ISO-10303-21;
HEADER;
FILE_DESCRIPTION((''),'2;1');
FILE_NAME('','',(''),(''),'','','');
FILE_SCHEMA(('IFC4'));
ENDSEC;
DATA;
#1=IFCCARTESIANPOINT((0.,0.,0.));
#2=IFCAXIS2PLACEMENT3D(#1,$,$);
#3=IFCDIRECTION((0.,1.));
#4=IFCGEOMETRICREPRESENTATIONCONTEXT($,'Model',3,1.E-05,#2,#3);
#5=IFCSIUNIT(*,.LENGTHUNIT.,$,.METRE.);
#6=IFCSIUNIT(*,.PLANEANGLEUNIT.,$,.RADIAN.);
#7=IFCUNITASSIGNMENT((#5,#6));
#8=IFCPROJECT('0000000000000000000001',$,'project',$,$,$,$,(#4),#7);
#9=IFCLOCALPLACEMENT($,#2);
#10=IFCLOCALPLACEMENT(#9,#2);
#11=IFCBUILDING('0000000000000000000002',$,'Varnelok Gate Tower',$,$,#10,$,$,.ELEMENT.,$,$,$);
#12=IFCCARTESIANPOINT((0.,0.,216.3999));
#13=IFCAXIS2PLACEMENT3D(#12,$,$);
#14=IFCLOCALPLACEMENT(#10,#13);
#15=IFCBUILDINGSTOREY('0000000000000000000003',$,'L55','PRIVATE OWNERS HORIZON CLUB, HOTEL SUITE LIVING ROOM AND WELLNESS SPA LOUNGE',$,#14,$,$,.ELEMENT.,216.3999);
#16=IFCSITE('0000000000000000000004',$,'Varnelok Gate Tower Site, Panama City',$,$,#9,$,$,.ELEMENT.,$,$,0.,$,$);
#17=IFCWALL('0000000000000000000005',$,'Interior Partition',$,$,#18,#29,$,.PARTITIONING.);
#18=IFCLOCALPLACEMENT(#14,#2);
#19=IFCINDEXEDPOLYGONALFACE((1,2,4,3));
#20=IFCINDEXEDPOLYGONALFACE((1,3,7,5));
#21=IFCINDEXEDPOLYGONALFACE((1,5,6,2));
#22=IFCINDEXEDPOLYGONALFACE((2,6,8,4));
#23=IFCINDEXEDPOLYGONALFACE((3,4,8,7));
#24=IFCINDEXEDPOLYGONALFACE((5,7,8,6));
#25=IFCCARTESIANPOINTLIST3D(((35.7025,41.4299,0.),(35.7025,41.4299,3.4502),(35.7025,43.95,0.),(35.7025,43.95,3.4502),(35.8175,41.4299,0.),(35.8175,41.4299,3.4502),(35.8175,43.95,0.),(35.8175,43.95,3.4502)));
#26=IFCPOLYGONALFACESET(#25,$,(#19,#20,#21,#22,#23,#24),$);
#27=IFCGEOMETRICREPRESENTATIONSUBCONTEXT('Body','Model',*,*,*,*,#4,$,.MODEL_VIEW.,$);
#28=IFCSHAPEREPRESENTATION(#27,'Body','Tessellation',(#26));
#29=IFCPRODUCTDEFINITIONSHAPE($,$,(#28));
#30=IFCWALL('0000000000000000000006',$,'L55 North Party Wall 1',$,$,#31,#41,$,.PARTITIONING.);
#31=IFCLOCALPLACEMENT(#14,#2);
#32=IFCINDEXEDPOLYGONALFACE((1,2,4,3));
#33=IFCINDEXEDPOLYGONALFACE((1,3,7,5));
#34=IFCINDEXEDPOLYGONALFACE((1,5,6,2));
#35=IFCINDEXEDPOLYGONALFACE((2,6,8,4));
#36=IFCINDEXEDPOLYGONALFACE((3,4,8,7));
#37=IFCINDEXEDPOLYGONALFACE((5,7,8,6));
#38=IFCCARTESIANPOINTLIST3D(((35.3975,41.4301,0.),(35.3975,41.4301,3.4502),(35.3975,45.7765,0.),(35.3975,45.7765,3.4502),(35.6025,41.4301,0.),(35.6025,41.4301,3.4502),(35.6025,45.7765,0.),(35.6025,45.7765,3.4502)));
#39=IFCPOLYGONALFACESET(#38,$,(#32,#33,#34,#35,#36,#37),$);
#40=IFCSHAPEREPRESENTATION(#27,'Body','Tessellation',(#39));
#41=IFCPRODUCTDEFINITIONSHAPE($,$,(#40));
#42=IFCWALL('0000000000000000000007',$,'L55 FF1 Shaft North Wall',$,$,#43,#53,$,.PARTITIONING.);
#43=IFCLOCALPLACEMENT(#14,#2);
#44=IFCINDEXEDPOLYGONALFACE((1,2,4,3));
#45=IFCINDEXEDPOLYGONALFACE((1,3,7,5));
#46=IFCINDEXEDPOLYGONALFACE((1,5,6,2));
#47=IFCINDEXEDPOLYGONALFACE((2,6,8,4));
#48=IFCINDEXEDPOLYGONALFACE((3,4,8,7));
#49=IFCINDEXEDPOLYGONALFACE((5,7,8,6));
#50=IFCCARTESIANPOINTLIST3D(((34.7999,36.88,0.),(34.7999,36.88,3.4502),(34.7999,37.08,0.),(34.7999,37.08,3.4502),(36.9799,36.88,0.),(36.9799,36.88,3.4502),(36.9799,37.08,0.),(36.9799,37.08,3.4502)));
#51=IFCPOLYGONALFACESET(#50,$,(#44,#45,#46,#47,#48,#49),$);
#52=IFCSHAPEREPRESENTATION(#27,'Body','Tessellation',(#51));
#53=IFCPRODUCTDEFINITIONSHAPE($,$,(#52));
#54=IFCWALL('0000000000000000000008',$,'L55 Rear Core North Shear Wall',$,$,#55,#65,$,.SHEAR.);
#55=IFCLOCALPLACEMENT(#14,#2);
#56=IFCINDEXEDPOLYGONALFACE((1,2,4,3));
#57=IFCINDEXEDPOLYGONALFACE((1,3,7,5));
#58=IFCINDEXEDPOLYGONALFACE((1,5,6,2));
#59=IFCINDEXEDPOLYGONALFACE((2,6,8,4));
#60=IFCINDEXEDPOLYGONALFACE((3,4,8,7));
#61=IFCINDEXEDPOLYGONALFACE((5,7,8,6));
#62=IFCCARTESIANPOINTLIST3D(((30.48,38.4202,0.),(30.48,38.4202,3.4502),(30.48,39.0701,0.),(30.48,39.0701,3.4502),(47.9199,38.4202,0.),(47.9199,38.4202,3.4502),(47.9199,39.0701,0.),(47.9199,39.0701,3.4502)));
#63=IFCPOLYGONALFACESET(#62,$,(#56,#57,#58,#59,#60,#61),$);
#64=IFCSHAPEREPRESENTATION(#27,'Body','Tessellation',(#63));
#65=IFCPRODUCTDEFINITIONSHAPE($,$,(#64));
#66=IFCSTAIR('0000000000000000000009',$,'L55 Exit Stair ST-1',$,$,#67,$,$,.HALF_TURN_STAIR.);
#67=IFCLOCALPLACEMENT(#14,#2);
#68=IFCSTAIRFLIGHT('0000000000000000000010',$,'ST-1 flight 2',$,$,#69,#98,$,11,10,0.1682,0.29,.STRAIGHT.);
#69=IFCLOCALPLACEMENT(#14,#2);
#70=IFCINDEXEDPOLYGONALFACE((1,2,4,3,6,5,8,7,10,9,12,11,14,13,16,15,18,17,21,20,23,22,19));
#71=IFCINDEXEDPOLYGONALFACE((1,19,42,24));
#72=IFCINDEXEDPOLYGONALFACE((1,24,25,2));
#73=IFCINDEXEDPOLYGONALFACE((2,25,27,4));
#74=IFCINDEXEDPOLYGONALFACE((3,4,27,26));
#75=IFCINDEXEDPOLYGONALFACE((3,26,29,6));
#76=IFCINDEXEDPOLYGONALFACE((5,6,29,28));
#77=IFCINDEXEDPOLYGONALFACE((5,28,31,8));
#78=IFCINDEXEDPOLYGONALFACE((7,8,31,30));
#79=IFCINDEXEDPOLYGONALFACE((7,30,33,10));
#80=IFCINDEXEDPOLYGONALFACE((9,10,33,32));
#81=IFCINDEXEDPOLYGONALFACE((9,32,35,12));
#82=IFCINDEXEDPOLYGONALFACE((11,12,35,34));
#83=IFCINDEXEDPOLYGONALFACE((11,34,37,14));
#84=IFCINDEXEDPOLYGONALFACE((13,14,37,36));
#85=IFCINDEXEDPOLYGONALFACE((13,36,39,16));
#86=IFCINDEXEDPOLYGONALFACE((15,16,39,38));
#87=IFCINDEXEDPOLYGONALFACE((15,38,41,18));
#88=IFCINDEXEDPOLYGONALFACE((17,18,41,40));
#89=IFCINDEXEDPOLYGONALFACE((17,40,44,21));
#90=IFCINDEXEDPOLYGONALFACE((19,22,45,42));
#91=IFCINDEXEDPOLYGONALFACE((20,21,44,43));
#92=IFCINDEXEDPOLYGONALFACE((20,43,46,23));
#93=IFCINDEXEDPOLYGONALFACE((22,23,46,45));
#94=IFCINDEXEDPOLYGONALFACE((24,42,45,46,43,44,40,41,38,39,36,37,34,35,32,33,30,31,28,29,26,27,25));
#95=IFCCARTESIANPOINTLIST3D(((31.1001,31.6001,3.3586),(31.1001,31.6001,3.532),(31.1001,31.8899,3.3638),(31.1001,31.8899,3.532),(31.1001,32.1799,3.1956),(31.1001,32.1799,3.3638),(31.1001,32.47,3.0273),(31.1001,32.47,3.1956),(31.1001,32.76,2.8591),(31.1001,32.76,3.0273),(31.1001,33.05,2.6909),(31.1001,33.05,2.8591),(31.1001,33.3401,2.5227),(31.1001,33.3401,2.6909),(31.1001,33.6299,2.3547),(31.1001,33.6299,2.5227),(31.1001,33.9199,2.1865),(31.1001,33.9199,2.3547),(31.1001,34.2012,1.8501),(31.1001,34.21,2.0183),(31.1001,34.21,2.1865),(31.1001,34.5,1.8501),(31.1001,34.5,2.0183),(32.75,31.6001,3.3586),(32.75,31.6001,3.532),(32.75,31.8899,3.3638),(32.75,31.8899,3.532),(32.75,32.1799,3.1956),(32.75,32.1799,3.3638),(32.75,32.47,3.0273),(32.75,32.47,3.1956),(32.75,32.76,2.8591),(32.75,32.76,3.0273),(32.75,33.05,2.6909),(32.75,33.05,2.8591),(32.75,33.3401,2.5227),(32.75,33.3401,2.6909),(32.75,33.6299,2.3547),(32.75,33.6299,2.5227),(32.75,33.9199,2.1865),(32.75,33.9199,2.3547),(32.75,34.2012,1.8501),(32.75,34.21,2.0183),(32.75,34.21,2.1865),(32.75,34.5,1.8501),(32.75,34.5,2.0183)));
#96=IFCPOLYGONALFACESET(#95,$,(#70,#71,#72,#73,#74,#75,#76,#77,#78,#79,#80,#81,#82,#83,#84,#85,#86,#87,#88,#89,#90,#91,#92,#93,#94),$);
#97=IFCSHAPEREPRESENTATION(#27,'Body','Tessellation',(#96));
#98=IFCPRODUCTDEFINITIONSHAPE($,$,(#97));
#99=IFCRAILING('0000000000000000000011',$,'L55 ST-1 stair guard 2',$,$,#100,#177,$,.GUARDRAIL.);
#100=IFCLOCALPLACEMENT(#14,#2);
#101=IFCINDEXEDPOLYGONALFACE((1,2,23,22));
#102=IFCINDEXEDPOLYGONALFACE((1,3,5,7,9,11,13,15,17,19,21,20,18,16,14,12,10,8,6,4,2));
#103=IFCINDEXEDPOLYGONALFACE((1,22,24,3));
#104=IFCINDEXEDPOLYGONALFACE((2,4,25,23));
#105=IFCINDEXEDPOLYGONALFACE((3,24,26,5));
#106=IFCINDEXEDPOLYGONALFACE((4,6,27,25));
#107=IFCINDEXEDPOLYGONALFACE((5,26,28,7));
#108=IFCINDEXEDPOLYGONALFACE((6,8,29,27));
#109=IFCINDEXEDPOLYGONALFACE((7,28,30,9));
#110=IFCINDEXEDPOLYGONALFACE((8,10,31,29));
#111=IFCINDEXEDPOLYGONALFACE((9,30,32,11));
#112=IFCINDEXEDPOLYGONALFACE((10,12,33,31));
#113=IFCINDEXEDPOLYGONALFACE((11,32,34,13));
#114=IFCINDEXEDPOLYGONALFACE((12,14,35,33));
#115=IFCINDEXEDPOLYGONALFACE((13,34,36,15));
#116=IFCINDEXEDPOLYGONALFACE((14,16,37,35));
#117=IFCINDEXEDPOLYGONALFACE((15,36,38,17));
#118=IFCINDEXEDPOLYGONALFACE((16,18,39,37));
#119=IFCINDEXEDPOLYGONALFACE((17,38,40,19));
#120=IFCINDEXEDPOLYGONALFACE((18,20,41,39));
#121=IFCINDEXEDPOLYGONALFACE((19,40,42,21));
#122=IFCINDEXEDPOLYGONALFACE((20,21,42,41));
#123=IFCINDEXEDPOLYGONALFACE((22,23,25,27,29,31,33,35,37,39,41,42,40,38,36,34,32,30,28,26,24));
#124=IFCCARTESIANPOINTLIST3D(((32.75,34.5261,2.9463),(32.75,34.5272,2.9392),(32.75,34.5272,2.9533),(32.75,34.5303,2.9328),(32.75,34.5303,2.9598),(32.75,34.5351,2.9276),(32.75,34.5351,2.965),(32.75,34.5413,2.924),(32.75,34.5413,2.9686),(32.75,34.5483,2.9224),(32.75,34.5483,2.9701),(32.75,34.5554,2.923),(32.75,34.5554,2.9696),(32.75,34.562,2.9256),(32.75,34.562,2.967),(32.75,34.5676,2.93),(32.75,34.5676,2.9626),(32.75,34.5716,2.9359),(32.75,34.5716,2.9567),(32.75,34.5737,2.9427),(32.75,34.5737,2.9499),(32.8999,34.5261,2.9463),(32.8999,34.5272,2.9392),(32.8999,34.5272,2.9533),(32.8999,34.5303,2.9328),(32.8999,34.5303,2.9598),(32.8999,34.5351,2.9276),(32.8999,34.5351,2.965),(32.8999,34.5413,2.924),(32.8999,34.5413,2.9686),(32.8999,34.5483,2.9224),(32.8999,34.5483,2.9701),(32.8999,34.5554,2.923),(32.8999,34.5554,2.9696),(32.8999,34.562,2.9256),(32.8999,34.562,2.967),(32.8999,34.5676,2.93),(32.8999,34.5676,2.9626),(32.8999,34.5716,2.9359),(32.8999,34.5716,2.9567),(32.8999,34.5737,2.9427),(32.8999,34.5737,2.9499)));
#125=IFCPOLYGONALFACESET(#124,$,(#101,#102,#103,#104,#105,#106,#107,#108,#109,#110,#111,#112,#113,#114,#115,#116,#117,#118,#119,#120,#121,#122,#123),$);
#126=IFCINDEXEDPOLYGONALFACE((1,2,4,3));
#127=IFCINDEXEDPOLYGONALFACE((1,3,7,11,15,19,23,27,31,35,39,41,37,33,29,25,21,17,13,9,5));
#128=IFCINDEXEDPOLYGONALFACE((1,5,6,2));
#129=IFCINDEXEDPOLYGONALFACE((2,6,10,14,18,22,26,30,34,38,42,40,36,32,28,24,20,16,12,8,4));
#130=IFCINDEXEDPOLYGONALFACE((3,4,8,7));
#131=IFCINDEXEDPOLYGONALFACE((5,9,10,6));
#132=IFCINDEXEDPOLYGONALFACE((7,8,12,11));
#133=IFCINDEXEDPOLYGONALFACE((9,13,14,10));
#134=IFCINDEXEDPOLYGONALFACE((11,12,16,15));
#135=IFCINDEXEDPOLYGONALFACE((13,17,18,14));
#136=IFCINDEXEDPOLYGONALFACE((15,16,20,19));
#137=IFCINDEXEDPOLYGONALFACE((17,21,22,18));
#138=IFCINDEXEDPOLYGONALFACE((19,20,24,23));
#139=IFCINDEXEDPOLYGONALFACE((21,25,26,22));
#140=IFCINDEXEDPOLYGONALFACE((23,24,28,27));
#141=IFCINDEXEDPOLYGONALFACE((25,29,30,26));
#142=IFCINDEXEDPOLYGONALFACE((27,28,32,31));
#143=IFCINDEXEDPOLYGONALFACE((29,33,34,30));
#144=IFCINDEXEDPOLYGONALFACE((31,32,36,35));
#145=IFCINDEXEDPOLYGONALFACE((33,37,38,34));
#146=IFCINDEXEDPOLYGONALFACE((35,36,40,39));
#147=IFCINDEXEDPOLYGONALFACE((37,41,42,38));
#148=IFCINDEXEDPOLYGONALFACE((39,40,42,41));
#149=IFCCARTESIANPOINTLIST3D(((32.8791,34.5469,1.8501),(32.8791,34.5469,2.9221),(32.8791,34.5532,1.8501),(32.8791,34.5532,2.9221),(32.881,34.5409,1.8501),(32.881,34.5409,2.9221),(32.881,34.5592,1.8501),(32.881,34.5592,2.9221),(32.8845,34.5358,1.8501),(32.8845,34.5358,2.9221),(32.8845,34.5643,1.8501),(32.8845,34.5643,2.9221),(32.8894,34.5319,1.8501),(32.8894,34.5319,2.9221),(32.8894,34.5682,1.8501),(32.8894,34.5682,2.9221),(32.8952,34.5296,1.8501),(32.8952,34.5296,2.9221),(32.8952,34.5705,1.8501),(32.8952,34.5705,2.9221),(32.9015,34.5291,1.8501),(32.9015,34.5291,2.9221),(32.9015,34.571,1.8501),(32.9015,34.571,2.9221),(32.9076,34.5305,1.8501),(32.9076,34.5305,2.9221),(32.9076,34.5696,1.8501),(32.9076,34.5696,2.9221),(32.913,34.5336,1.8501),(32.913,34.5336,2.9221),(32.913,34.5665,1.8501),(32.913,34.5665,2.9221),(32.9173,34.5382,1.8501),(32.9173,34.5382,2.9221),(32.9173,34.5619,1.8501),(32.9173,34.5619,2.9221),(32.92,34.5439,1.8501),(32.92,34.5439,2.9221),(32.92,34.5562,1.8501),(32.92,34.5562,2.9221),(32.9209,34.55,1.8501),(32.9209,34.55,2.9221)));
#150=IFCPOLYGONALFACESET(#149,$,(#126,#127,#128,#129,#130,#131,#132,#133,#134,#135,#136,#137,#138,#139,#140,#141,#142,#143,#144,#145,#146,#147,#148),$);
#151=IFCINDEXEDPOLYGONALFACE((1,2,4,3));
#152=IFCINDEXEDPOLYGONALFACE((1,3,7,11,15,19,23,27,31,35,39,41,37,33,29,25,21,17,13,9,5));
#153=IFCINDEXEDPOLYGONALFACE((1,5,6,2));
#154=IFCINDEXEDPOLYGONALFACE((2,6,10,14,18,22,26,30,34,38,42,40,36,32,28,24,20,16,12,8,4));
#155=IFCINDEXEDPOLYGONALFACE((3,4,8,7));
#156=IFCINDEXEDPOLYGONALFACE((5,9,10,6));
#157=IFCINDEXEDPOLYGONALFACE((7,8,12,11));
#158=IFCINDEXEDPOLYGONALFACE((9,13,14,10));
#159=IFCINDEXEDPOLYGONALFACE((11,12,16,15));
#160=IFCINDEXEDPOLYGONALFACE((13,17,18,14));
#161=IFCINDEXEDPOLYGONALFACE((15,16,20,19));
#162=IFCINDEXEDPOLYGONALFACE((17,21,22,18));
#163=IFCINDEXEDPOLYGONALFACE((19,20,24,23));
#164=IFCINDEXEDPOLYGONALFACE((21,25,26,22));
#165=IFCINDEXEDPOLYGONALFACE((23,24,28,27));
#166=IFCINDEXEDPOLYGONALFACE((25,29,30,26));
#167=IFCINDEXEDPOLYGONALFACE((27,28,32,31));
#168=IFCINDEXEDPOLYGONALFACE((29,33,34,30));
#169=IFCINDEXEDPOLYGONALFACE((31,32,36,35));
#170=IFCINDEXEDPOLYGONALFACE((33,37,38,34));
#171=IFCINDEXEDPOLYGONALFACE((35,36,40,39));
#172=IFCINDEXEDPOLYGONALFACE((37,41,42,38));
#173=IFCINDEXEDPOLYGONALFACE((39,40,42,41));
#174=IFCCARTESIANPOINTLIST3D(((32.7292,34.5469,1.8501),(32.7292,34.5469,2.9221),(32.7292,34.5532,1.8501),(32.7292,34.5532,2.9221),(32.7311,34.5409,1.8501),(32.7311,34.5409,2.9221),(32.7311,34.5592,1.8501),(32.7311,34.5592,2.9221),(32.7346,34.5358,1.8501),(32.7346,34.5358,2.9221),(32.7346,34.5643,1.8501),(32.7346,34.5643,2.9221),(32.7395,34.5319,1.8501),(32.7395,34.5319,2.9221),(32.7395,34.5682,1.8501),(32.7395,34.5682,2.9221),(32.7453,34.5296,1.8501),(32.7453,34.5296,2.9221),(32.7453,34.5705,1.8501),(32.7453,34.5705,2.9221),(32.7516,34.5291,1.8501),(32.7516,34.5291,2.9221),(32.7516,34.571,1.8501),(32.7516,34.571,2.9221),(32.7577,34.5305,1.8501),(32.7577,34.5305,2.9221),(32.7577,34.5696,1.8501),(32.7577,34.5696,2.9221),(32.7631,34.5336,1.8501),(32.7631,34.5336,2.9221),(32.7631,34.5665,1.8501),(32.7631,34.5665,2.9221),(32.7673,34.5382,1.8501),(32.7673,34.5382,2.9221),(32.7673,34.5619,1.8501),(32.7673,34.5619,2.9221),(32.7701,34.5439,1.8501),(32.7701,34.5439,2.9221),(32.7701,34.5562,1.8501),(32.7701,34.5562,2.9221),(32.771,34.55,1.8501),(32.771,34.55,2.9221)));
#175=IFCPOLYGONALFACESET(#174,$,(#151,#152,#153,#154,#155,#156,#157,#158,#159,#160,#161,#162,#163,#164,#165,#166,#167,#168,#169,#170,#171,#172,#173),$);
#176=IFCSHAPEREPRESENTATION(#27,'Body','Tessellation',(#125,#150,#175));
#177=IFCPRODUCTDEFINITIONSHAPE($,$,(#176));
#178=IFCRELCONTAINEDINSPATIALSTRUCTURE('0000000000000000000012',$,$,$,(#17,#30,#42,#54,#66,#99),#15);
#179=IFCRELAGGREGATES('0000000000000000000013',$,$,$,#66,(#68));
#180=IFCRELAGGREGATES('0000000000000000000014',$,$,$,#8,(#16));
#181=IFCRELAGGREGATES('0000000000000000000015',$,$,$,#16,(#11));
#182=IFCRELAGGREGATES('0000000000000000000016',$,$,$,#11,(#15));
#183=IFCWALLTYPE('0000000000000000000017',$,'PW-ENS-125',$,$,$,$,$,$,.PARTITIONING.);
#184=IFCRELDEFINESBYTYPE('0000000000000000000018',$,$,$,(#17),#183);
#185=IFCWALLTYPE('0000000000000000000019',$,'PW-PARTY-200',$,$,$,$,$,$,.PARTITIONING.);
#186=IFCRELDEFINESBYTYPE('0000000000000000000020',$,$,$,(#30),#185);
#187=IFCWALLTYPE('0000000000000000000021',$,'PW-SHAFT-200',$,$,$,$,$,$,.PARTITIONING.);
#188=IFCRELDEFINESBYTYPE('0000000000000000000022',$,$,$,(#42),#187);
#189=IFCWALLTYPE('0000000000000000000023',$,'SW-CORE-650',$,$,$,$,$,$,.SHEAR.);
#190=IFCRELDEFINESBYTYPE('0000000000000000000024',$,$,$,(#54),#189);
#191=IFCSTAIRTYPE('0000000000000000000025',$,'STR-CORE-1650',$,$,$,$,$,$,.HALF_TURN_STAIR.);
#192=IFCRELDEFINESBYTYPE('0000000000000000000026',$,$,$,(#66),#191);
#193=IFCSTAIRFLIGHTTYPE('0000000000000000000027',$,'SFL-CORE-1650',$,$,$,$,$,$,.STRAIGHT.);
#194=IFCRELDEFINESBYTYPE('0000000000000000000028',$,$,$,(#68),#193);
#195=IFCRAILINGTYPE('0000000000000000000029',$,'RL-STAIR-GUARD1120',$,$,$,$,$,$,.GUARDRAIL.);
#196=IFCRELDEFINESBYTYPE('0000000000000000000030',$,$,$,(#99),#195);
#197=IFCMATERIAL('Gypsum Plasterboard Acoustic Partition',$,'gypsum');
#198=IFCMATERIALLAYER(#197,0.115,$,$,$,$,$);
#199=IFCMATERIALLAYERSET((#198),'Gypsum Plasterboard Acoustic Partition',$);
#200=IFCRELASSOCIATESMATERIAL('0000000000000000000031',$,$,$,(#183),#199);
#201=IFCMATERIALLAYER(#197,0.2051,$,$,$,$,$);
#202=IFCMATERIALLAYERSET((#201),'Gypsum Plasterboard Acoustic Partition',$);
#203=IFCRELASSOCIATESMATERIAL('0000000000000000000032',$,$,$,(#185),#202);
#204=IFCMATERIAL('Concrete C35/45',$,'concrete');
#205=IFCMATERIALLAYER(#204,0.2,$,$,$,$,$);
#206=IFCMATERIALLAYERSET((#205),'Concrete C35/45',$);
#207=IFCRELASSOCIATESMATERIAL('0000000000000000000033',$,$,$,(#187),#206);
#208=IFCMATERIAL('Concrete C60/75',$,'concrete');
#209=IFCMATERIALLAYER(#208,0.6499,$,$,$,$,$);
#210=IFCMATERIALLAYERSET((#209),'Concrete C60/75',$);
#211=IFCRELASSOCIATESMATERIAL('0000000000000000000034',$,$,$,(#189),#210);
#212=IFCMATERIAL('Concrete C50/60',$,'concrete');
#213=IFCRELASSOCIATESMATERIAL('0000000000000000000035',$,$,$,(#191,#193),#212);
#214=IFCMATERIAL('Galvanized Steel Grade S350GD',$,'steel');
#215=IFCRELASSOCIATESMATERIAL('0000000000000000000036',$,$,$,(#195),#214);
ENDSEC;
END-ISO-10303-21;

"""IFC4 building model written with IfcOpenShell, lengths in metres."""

from ifc_helpers import new_model, si_unit, direction, frame, frame_2d, origin, origin_2d, place, context, subcontext, project, spatial, polyline, rectangle, circle, outline, extrude, material, layer, layer_set, type_object, element, aggregate, save


model = new_model("IFC4")

# Units and contexts
model_context = context("Model", 3, precision=1e-05, world=origin(), true_north=direction((0.0, 1.0)))
body_context = subcontext(model_context, "Body", "Model", "MODEL_VIEW")
ifc_project = project(units=[si_unit("LENGTHUNIT", "METRE"), si_unit("PLANEANGLEUNIT", "RADIAN")], contexts=[model_context])

# Site, building, storey
site_placement = place(None, origin())
site = spatial("IfcSite", under=ifc_project, at=site_placement, Name="Varnelok Gate Tower Site, Panama City", CompositionType="ELEMENT", RefElevation=0.0)
building_placement = place(site_placement, origin())
building = spatial("IfcBuilding", under=site, at=building_placement, Name="Varnelok Gate Tower", CompositionType="ELEMENT")
storey_placement = place(building_placement, frame((0.0, 0.0, 216.3999)))
storey = spatial("IfcBuildingStorey", under=building, at=storey_placement, Name="L55", Description="PRIVATE OWNERS HORIZON CLUB, HOTEL SUITE LIVING ROOM AND WELLNESS SPA LOUNGE", CompositionType="ELEMENT", Elevation=216.3999)

# Shared definitions
ifc_material_1 = material(Name="Concrete C60/75", Category="concrete")

# Shared definitions
ifc_material_2 = material(Name="Gypsum Plasterboard Acoustic Partition", Category="gypsum")

# Walls
ifc_layer_1 = layer(ifc_material_2, 0.115)
ifc_layer_set_1 = layer_set([ifc_layer_1], Name="Gypsum Plasterboard Acoustic Partition")
wall_type_1 = type_object("IfcWallType", Name="PW-ENS-125", PredefinedType="PARTITIONING", material=ifc_layer_set_1)
wall_1_placement = place(storey_placement, frame((35.76, 41.4299, 0.0), z_axis=(0.0, 0.0, 1.0), x_axis=(0.0, 1.0, 0.0)))
element("IfcWall", 1, at=wall_1_placement, inside=storey, type_object=wall_type_1, Name="Interior Partition", PredefinedType="PARTITIONING", context=body_context, shape_type="SweptSolid", body=[
    extrude(rectangle(XDim=2.52, YDim=0.115, at=frame_2d((1.26, 0.0))), origin(), (0.0, 0.0, 1.0), 3.4502),
])
ifc_layer_2 = layer(ifc_material_2, 0.2051)
ifc_layer_set_2 = layer_set([ifc_layer_2], Name="Gypsum Plasterboard Acoustic Partition")
wall_type_2 = type_object("IfcWallType", Name="PW-PARTY-200", PredefinedType="PARTITIONING", material=ifc_layer_set_2)
wall_2_placement = place(storey_placement, frame((35.5, 41.4299, 0.0), z_axis=(0.0, 0.0, 1.0), x_axis=(0.0, 1.0, 0.0)))
element("IfcWall", 2, at=wall_2_placement, inside=storey, type_object=wall_type_2, Name="L55 North Party Wall 1", PredefinedType="PARTITIONING", context=body_context, shape_type="SweptSolid", body=[
    extrude(rectangle(XDim=4.3464, YDim=0.2051, at=frame_2d((2.1733, 0.0))), origin(), (0.0, 0.0, 1.0), 3.4502),
])
ifc_material_3 = material(Name="Concrete C35/45", Category="concrete")
ifc_layer_3 = layer(ifc_material_3, 0.2)
ifc_layer_set_3 = layer_set([ifc_layer_3], Name="Concrete C35/45")
wall_type_3 = type_object("IfcWallType", Name="PW-SHAFT-200", PredefinedType="PARTITIONING", material=ifc_layer_set_3)
wall_3_placement = place(storey_placement, frame((34.8, 36.98, 0.0), z_axis=(0.0, 0.0, 1.0), x_axis=(1.0, 0.0, 0.0)))
element("IfcWall", 3, at=wall_3_placement, inside=storey, type_object=wall_type_3, Name="L55 FF1 Shaft North Wall", PredefinedType="PARTITIONING", context=body_context, shape_type="SweptSolid", body=[
    extrude(rectangle(XDim=2.1799, YDim=0.2, at=frame_2d((1.0898, 0.0))), origin(), (0.0, 0.0, 1.0), 3.4502),
])
ifc_layer_4 = layer(ifc_material_1, 0.6499)
ifc_layer_set_4 = layer_set([ifc_layer_4], Name="Concrete C60/75")
wall_type_4 = type_object("IfcWallType", Name="SW-CORE-650", PredefinedType="SHEAR", material=ifc_layer_set_4)
wall_4_placement = place(storey_placement, frame((30.48, 38.7451, 0.0), z_axis=(0.0, 0.0, 1.0), x_axis=(1.0, 0.0, 0.0)))
element("IfcWall", 4, at=wall_4_placement, inside=storey, type_object=wall_type_4, Name="L55 Rear Core North Shear Wall", PredefinedType="SHEAR", context=body_context, shape_type="SweptSolid", body=[
    extrude(rectangle(XDim=17.4399, YDim=0.6499, at=frame_2d((8.72, 0.0))), origin(), (0.0, 0.0, 1.0), 3.4502),
])

# Stair, stair flight
ifc_material_4 = material(Name="Concrete C50/60", Category="concrete")
stair_type = type_object("IfcStairType", Name="STR-CORE-1650", PredefinedType="HALF_TURN_STAIR", material=ifc_material_4)
stair_placement = place(storey_placement, origin())
stair = element("IfcStair", 5, at=stair_placement, inside=storey, type_object=stair_type, Name="L55 Exit Stair ST-1", PredefinedType="HALF_TURN_STAIR")
stair_flight_type = type_object("IfcStairFlightType", Name="SFL-CORE-1650", PredefinedType="STRAIGHT", material=ifc_material_4)
stair_flight_placement = place(storey_placement, frame((31.925, 34.5, 1.8501), z_axis=(0.0, 0.0, 1.0), x_axis=(0.0, -1.0, 0.0)))
stair_flight = element("IfcStairFlight", 6, at=stair_flight_placement, type_object=stair_flight_type, Name="ST-1 flight 2", NumberOfRisers=11, NumberOfTreads=10, PredefinedType="STRAIGHT", RiserHeight=0.1682, TreadLength=0.29, context=body_context, shape_type="SweptSolid", body=[
    extrude(outline(polyline([(0.0, 0.0), (0.0, 0.1682), (0.29, 0.1682), (0.29, 0.3364), (0.5801, 0.3364), (0.5801, 0.5046), (0.8701, 0.5046), (0.8701, 0.6726), (1.1599, 0.6726), (1.1599, 0.8408), (1.45, 0.8408), (1.45, 1.009), (1.74, 1.009), (1.74, 1.1772), (2.03, 1.1772), (2.03, 1.3455), (2.3201, 1.3455), (2.3201, 1.5137), (2.6101, 1.5137), (2.6101, 1.6819), (2.8999, 1.6819), (2.8999, 1.8501), (2.8999, 1.5085), (0.2988, 0.0), (0.0, 0.0)])), frame((0.0, 0.825, 0.0), z_axis=(0.0, -1.0, 0.0), x_axis=(1.0, 0.0, 0.0)), (0.0, 0.0, 1.0), 1.6499),
])
aggregate(stair, [stair_flight])

# Railing
ifc_material_5 = material(Name="Galvanized Steel Grade S350GD", Category="steel")
railing_type_1 = type_object("IfcRailingType", Name="RL-STAIR-GUARD1120", PredefinedType="GUARDRAIL", material=ifc_material_5)
railing_1_placement = place(storey_placement, frame((32.8999, 34.55, 1.8501)))
element("IfcRailing", 7, at=railing_1_placement, inside=storey, type_object=railing_type_1, Name="L55 ST-1 stair guard 2", PredefinedType="GUARDRAIL", context=body_context, shape_type="SweptSolid", body=[
    extrude(circle(Radius=0.0239, at=origin_2d()), frame((0.0, 0.0, 1.0962), z_axis=(-1.0, 0.0, 0.0), x_axis=(0.0, -1.0, 0.0)), (0.0, 0.0, 1.0), 0.1499),
    extrude(circle(Radius=0.021, at=origin_2d()), origin(), (0.0, 0.0, 1.0), 1.072),
    extrude(circle(Radius=0.021, at=origin_2d()), frame((-0.1499, 0.0, 0.0)), (0.0, 0.0, 1.0), 1.072),
])

save(model, "model.ifc")
